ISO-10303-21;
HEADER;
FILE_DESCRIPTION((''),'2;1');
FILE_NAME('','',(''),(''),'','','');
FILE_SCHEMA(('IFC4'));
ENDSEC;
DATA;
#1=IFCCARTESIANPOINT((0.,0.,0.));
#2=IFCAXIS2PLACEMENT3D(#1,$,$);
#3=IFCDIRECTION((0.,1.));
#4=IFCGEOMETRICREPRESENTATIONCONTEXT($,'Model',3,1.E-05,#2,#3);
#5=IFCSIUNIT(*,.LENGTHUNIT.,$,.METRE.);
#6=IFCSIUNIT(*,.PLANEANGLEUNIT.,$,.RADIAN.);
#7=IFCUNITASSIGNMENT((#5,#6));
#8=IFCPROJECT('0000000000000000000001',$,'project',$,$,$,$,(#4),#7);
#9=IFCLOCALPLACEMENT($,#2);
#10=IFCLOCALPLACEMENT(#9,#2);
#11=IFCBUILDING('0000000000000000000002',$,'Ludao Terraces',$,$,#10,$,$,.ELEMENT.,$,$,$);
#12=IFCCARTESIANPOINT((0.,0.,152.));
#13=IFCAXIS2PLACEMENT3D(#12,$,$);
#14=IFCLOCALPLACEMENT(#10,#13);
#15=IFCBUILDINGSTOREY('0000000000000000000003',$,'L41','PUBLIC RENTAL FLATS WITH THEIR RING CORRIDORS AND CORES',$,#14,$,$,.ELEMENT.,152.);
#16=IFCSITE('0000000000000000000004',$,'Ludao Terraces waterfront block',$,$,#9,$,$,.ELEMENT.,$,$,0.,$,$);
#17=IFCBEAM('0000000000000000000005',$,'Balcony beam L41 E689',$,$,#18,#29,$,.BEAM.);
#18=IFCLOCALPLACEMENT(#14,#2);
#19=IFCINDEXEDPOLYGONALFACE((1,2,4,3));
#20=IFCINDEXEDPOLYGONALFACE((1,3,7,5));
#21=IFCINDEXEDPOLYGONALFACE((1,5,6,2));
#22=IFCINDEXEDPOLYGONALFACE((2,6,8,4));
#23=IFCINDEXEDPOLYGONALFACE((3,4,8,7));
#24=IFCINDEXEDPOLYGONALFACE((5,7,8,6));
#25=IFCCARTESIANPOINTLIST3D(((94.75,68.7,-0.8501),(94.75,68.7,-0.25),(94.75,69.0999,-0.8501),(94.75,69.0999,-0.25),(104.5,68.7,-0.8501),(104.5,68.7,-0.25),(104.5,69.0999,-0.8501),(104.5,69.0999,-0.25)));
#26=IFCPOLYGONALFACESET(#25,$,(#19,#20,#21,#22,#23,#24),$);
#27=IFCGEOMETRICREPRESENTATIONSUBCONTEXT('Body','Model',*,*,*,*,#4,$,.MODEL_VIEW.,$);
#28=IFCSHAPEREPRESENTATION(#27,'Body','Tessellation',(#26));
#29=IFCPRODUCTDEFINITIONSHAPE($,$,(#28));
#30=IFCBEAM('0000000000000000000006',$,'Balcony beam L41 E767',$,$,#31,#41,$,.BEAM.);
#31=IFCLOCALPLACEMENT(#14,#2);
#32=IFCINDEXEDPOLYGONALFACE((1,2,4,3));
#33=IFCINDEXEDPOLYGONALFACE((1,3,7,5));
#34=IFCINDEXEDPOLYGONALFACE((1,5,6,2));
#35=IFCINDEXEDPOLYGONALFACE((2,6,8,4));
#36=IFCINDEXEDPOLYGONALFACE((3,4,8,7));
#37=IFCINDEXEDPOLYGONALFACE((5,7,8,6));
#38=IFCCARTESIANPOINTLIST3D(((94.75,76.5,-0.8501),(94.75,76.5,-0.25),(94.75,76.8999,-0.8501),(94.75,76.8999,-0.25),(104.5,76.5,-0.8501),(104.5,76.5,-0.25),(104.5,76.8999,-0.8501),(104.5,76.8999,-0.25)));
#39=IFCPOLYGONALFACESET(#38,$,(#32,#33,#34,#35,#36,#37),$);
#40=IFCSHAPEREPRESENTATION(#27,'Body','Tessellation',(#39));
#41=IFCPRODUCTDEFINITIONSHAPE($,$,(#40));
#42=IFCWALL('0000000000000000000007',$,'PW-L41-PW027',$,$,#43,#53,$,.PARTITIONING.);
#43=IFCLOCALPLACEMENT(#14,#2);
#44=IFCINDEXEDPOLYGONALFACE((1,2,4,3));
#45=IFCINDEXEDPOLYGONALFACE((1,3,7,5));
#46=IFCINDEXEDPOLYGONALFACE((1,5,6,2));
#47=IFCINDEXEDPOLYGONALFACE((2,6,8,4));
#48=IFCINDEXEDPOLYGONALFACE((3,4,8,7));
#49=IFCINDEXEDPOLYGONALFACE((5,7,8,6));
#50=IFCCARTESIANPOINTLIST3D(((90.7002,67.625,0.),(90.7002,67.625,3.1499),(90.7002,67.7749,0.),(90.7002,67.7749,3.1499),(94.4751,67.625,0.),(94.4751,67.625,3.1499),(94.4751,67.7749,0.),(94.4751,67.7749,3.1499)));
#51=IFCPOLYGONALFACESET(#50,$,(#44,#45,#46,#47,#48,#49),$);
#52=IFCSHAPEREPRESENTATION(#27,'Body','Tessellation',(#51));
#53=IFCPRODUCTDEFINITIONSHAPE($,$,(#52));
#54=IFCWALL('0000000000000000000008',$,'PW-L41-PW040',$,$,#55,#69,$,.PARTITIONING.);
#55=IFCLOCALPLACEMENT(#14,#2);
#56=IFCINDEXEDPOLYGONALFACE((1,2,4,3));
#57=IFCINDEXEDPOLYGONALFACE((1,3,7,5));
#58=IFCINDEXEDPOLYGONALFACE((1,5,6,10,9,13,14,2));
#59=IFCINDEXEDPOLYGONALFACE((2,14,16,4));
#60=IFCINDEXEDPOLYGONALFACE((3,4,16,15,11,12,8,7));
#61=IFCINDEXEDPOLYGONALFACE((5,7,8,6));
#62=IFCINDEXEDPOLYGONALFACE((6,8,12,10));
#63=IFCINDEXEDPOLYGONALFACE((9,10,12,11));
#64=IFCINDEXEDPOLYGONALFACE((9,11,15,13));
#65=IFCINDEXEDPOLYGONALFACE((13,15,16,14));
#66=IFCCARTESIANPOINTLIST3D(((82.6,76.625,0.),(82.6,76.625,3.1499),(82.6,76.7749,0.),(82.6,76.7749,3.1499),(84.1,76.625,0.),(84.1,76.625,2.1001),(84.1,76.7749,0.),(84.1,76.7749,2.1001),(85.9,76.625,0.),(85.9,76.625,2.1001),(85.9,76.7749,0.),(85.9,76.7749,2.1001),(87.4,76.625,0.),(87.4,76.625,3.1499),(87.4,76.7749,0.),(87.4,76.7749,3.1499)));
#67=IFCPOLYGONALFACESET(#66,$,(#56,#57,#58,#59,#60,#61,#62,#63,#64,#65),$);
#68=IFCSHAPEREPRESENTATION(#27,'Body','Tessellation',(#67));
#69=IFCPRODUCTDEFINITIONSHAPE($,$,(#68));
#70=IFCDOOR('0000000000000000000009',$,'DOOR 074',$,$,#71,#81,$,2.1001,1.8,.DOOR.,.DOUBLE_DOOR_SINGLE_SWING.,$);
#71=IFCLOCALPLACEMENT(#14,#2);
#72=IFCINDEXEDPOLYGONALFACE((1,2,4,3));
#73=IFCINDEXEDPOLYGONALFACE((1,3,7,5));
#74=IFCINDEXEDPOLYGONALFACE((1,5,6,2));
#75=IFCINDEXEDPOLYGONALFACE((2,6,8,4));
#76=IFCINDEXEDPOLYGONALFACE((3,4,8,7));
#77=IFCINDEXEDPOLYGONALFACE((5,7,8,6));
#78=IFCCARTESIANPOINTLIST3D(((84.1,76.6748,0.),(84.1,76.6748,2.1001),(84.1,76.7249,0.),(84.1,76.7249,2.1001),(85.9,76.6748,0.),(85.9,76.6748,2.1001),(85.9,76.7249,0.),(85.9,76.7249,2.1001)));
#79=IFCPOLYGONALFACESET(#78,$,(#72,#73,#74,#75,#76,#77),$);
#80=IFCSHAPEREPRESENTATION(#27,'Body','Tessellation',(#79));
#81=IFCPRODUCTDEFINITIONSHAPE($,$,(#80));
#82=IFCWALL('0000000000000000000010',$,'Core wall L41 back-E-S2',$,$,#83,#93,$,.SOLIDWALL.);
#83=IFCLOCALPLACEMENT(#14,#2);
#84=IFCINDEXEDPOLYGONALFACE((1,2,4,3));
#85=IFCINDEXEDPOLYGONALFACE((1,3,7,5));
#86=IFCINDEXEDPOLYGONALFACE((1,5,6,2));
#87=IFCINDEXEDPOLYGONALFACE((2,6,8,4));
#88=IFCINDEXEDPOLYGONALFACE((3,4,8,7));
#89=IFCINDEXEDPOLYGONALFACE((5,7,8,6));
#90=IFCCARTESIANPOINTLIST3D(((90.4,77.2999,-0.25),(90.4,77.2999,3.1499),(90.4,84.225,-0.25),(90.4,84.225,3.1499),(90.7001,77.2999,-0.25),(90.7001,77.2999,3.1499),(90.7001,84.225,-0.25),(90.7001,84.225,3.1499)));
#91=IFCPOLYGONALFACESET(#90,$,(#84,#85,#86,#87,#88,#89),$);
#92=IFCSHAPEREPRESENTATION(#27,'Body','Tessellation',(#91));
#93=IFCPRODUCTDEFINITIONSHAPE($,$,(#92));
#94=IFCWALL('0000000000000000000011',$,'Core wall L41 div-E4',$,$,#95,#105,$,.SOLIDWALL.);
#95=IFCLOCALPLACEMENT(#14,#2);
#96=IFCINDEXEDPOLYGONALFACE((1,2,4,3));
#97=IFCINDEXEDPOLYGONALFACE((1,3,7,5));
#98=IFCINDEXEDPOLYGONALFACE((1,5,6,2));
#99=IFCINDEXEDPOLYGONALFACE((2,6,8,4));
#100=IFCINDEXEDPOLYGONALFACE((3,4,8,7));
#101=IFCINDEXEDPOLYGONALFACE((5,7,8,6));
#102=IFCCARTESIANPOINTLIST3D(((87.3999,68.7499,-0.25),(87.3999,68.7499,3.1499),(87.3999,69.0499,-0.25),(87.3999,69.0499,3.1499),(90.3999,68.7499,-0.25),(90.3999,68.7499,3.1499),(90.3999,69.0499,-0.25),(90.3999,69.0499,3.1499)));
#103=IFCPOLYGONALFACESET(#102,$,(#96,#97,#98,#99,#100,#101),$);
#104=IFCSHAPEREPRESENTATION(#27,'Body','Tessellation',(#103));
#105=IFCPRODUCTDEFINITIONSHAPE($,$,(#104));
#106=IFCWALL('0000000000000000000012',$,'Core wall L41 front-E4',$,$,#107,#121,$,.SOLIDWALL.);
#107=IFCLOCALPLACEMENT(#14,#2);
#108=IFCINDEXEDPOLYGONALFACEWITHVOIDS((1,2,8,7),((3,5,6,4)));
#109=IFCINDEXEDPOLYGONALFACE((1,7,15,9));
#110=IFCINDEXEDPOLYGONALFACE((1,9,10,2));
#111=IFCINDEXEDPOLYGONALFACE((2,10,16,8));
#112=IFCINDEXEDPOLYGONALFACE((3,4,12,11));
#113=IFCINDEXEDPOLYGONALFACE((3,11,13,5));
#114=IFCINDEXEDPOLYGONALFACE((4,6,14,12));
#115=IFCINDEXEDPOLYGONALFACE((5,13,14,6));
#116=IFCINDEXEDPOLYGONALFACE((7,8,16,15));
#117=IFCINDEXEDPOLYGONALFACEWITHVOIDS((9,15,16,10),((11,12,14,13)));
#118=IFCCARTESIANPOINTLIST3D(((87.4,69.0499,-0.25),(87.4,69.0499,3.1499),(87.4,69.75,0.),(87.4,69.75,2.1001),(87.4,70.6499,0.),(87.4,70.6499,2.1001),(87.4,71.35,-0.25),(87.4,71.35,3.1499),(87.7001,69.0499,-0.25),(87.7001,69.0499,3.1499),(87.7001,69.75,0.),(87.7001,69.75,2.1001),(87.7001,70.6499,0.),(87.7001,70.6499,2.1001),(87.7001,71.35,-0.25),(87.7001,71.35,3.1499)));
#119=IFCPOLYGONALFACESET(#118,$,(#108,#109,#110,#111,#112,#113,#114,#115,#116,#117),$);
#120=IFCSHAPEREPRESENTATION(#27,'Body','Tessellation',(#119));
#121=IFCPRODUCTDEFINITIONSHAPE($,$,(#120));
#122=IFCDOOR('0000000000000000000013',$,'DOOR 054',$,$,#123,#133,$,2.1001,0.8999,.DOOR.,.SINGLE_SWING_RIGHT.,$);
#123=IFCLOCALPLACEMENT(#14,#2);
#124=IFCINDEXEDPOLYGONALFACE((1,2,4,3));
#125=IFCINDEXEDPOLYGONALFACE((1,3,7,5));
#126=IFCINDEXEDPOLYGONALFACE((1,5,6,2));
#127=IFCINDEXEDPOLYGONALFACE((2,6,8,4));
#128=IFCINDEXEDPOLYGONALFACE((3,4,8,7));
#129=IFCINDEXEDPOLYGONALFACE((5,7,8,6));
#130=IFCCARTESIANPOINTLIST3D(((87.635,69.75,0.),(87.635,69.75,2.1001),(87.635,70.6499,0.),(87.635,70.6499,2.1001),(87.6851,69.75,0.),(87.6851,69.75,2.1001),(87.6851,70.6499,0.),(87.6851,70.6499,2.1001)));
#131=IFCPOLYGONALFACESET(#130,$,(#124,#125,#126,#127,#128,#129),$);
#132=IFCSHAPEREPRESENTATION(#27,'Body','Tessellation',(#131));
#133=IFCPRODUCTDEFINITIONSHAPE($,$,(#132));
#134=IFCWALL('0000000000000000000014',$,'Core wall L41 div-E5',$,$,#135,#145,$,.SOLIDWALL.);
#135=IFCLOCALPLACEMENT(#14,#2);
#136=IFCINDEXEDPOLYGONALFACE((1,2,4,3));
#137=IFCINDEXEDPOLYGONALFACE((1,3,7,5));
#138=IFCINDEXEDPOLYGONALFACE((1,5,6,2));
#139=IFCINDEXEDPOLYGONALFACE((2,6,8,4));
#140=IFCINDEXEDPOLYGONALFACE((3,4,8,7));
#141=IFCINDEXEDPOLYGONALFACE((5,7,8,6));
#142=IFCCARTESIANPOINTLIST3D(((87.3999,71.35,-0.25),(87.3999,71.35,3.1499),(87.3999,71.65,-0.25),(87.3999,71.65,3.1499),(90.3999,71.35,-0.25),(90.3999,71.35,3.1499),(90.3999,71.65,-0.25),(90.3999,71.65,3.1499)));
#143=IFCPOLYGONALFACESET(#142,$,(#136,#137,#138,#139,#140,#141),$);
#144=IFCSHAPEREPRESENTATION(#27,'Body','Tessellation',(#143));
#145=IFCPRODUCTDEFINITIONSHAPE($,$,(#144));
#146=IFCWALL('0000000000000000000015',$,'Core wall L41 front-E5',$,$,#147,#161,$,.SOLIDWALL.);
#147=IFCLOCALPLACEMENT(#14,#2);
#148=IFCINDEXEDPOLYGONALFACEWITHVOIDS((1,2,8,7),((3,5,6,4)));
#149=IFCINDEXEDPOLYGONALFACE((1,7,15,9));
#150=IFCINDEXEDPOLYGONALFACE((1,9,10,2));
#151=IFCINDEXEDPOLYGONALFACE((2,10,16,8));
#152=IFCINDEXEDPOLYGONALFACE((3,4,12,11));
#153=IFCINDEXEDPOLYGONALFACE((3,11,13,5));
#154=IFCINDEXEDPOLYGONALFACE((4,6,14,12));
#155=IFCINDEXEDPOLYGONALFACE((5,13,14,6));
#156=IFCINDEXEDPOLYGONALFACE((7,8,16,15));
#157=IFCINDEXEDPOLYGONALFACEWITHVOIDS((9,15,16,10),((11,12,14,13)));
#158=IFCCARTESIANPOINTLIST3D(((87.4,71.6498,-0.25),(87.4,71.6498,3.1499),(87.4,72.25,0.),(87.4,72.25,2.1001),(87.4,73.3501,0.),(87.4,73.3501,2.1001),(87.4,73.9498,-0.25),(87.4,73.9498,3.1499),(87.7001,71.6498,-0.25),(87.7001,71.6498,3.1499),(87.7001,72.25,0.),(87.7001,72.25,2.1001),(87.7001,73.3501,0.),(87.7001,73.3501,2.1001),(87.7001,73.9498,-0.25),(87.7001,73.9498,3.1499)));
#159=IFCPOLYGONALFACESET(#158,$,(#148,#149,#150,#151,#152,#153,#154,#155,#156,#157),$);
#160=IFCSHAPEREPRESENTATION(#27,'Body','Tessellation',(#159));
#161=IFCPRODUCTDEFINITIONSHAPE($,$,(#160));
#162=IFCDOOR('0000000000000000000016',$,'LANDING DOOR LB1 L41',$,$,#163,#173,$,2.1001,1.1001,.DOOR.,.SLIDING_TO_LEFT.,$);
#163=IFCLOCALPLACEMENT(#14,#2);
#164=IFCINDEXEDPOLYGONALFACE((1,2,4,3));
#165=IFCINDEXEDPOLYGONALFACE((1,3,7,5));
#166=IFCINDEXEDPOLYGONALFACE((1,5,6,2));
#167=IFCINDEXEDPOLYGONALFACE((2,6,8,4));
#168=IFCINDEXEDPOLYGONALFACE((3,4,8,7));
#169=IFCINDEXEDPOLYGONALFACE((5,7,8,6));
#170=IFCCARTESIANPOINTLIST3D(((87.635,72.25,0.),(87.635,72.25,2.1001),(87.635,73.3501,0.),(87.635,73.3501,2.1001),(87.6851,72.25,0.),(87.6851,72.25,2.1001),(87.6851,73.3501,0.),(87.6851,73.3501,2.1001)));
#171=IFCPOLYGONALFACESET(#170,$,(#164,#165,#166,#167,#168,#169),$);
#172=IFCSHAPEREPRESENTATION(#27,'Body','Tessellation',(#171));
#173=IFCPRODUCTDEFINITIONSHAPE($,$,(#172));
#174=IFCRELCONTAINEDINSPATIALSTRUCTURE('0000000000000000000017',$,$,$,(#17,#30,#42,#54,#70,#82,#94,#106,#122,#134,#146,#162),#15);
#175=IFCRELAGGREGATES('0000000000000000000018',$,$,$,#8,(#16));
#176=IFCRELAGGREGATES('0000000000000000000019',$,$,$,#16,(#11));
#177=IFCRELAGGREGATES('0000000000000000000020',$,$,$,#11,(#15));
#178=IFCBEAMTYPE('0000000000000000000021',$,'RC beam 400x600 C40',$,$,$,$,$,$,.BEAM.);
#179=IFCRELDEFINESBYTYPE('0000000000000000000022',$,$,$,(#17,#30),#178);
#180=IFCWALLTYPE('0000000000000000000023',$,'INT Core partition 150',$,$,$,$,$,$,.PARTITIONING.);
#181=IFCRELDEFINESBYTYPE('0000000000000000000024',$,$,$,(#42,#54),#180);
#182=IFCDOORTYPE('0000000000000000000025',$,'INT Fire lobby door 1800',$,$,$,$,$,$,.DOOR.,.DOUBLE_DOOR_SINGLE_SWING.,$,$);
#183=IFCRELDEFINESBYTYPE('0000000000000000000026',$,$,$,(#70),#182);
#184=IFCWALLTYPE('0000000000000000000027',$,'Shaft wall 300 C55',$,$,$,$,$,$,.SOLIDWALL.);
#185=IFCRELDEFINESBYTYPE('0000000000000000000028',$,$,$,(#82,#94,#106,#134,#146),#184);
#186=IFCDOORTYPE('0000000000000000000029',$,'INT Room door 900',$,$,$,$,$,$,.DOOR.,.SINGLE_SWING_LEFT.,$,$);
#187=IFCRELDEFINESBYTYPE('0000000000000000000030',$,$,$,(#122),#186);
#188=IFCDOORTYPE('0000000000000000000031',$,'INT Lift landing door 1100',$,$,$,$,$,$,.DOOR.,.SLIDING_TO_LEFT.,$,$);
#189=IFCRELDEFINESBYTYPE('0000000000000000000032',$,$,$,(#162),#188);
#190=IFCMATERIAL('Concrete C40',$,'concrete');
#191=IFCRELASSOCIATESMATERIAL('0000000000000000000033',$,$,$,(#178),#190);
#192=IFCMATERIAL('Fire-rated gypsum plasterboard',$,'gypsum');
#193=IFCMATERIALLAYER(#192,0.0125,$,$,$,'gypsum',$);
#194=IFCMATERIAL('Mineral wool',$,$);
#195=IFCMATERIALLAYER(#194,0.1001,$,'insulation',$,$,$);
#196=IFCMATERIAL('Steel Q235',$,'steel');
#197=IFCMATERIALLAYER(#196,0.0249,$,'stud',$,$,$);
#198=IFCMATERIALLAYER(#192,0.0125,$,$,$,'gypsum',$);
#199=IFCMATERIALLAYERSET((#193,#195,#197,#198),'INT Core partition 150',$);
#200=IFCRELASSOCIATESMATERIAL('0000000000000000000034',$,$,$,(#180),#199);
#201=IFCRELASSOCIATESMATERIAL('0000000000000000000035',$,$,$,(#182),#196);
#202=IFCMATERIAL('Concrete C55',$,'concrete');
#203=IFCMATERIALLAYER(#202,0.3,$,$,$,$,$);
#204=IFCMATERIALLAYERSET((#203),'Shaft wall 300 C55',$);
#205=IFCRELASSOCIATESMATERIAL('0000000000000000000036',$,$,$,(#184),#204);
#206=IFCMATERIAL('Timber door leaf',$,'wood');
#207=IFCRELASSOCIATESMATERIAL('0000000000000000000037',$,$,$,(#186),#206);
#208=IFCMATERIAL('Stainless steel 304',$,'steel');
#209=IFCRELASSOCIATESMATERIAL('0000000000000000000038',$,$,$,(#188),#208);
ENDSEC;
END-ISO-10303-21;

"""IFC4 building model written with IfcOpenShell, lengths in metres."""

from ifc_helpers import new_model, si_unit, direction, frame, frame_2d, origin, origin_2d, place, context, subcontext, project, spatial, rectangle, extrude, material, layer, layer_set, material_profile, profile_set, type_object, element, fill, save


model = new_model("IFC4")

# Units and contexts
model_context = context("Model", 3, precision=1e-05, world=origin(), true_north=direction((0.0, 1.0)))
body_context = subcontext(model_context, "Body", "Model", "MODEL_VIEW")
ifc_project = project(units=[si_unit("LENGTHUNIT", "METRE"), si_unit("PLANEANGLEUNIT", "RADIAN")], contexts=[model_context])

# Site, building, storey
site_placement = place(None, origin())
site = spatial("IfcSite", under=ifc_project, at=site_placement, Name="Ludao Terraces waterfront block", CompositionType="ELEMENT", RefElevation=0.0)
building_placement = place(site_placement, origin())
building = spatial("IfcBuilding", under=site, at=building_placement, Name="Ludao Terraces", CompositionType="ELEMENT")
storey_placement = place(building_placement, frame((0.0, 0.0, 152.0)))
storey = spatial("IfcBuildingStorey", under=building, at=storey_placement, Name="L41", Description="PUBLIC RENTAL FLATS WITH THEIR RING CORRIDORS AND CORES", CompositionType="ELEMENT", Elevation=152.0)

# Beams
ifc_material_1 = material(Name="Concrete C40", Category="concrete")
ifc_material_profile = material_profile(ifc_material_1, rectangle(XDim=0.3999, YDim=0.6001, at=origin_2d()), Name="400 X 600")
ifc_profile_set = profile_set([ifc_material_profile], Name="Concrete C40")
beam_type = type_object("IfcBeamType", Name="RC beam 400x600 C40", PredefinedType="BEAM", material=ifc_profile_set)
for number, where, z_axis, x_axis, name in (
    (1, (94.75, 68.8999, -0.55), (1.0, 0.0, 0.0), (0.0, 1.0, 0.0), "Balcony beam L41 E689"),
    (2, (94.75, 76.7, -0.55), (1.0, 0.0, 0.0), (0.0, 1.0, 0.0), "Balcony beam L41 E767"),
):
    element("IfcBeam", number, at=place(storey_placement, frame(where, z_axis=z_axis, x_axis=x_axis)), inside=storey, type_object=beam_type, Name=name, PredefinedType="BEAM", context=body_context, shape_type="SweptSolid", body=[
        extrude(rectangle(XDim=0.3999, YDim=0.6001, at=origin_2d()), origin(), (0.0, 0.0, 1.0), 9.75),
    ])

# Wall
ifc_material_2 = material(Name="Fire-rated gypsum plasterboard", Category="gypsum")
ifc_layer_1 = layer(ifc_material_2, 0.0125, Category="gypsum")
ifc_material_3 = material(Name="Mineral wool")
ifc_layer_2 = layer(ifc_material_3, 0.1001, Name="insulation")
ifc_material_4 = material(Name="Steel Q235", Category="steel")
ifc_layer_3 = layer(ifc_material_4, 0.0249, Name="stud")
ifc_layer_4 = layer(ifc_material_2, 0.0125, Category="gypsum")
ifc_layer_set_1 = layer_set([ifc_layer_1, ifc_layer_2, ifc_layer_3, ifc_layer_4], Name="INT Core partition 150")
wall_type_1 = type_object("IfcWallType", Name="INT Core partition 150", PredefinedType="PARTITIONING", material=ifc_layer_set_1)
wall_1_placement = place(storey_placement, frame((90.7002, 67.7, 0.0), z_axis=(0.0, 0.0, 1.0), x_axis=(1.0, 0.0, 0.0)))
element("IfcWall", 3, at=wall_1_placement, inside=storey, type_object=wall_type_1, Name="PW-L41-PW027", PredefinedType="PARTITIONING", context=body_context, shape_type="SweptSolid", body=[
    extrude(rectangle(XDim=3.7749, YDim=0.1499, at=frame_2d((1.8875, 0.0))), origin(), (0.0, 0.0, 1.0), 3.1499),
])

# Wall, opening, door
wall_2_placement = place(storey_placement, frame((82.6001, 76.7, 0.0), z_axis=(0.0, 0.0, 1.0), x_axis=(1.0, 0.0, 0.0)))
wall_2 = element("IfcWall", 4, at=wall_2_placement, inside=storey, type_object=wall_type_1, Name="PW-L41-PW040", PredefinedType="PARTITIONING", context=body_context, shape_type="SweptSolid", body=[
    extrude(rectangle(XDim=4.8, YDim=0.1499, at=frame_2d((2.3999, 0.0))), origin(), (0.0, 0.0, 1.0), 3.1499),
])
opening_1_placement = place(wall_2_placement, frame((1.5, 0.0, 0.0)))
opening_1 = element("IfcOpeningElement", 5, at=opening_1_placement, cuts=wall_2, PredefinedType="OPENING", context=body_context, shape_type="SweptSolid", body=[
    extrude(rectangle(XDim=1.8, YDim=2.1001, at=frame_2d((0.8999, 1.05))), frame((0.0, 0.085, 0.0), z_axis=(0.0, -1.0, 0.0), x_axis=(1.0, 0.0, 0.0)), (0.0, 0.0, 1.0), 0.1699),
])
door_type_1 = type_object("IfcDoorType", Name="INT Fire lobby door 1800", OperationType="DOUBLE_DOOR_SINGLE_SWING", PredefinedType="DOOR", material=ifc_material_4)
door_1_placement = place(opening_1_placement, origin())
door_1 = element("IfcDoor", 6, at=door_1_placement, inside=storey, type_object=door_type_1, Name="DOOR 074", OperationType="DOUBLE_DOOR_SINGLE_SWING", OverallHeight=2.1001, OverallWidth=1.8, PredefinedType="DOOR", context=body_context, shape_type="SweptSolid", body=[
    extrude(rectangle(XDim=1.8, YDim=2.1001, at=frame_2d((0.8999, 1.05))), frame((0.0, 0.0249, 0.0), z_axis=(0.0, -1.0, 0.0), x_axis=(1.0, 0.0, 0.0)), (0.0, 0.0, 1.0), 0.05),
])
fill(opening_1, door_1)

# Walls
ifc_material_5 = material(Name="Concrete C55", Category="concrete")
ifc_layer_5 = layer(ifc_material_5, 0.3)
ifc_layer_set_2 = layer_set([ifc_layer_5], Name="Shaft wall 300 C55")
wall_type_2 = type_object("IfcWallType", Name="Shaft wall 300 C55", PredefinedType="SOLIDWALL", material=ifc_layer_set_2)
wall_3_placement = place(storey_placement, frame((90.55, 77.3, -0.25), z_axis=(0.0, 0.0, 1.0), x_axis=(0.0, 1.0, 0.0)))
element("IfcWall", 7, at=wall_3_placement, inside=storey, type_object=wall_type_2, Name="Core wall L41 back-E-S2", PredefinedType="SOLIDWALL", context=body_context, shape_type="SweptSolid", body=[
    extrude(rectangle(XDim=6.925, YDim=0.3, at=frame_2d((3.4624, 0.0))), origin(), (0.0, 0.0, 1.0), 3.3999),
])
wall_4_placement = place(storey_placement, frame((87.3999, 68.8999, -0.25), z_axis=(0.0, 0.0, 1.0), x_axis=(1.0, 0.0, 0.0)))
element("IfcWall", 8, at=wall_4_placement, inside=storey, type_object=wall_type_2, Name="Core wall L41 div-E4", PredefinedType="SOLIDWALL", context=body_context, shape_type="SweptSolid", body=[
    extrude(rectangle(XDim=3.0, YDim=0.3, at=frame_2d((1.5, 0.0))), origin(), (0.0, 0.0, 1.0), 3.3999),
])

# Wall, opening, door
wall_5_placement = place(storey_placement, frame((87.55, 69.05, -0.25), z_axis=(0.0, 0.0, 1.0), x_axis=(0.0, 1.0, 0.0)))
wall_5 = element("IfcWall", 9, at=wall_5_placement, inside=storey, type_object=wall_type_2, Name="Core wall L41 front-E4", PredefinedType="SOLIDWALL", context=body_context, shape_type="SweptSolid", body=[
    extrude(rectangle(XDim=2.3, YDim=0.3, at=frame_2d((1.1499, 0.0))), origin(), (0.0, 0.0, 1.0), 3.3999),
])
opening_2_placement = place(wall_5_placement, frame((0.7, 0.0, 0.25)))
opening_2 = element("IfcOpeningElement", 10, at=opening_2_placement, cuts=wall_5, PredefinedType="OPENING", context=body_context, shape_type="SweptSolid", body=[
    extrude(rectangle(XDim=0.8999, YDim=2.1001, at=frame_2d((0.45, 1.05))), frame((0.0, 0.1602, 0.0), z_axis=(0.0, -1.0, 0.0), x_axis=(1.0, 0.0, 0.0)), (0.0, 0.0, 1.0), 0.3201),
])
ifc_material_6 = material(Name="Timber door leaf", Category="wood")
door_type_2 = type_object("IfcDoorType", Name="INT Room door 900", OperationType="SINGLE_SWING_LEFT", PredefinedType="DOOR", material=ifc_material_6)
door_2_placement = place(opening_2_placement, origin())
door_2 = element("IfcDoor", 11, at=door_2_placement, inside=storey, type_object=door_type_2, Name="DOOR 054", OperationType="SINGLE_SWING_RIGHT", OverallHeight=2.1001, OverallWidth=0.8999, PredefinedType="DOOR", context=body_context, shape_type="SweptSolid", body=[
    extrude(rectangle(XDim=0.8999, YDim=2.1001, at=frame_2d((0.45, 1.05))), frame((0.0, -0.085, 0.0), z_axis=(0.0, -1.0, 0.0), x_axis=(1.0, 0.0, 0.0)), (0.0, 0.0, 1.0), 0.05),
])
fill(opening_2, door_2)

# Wall
wall_6_placement = place(storey_placement, frame((87.3999, 71.5, -0.25), z_axis=(0.0, 0.0, 1.0), x_axis=(1.0, 0.0, 0.0)))
element("IfcWall", 12, at=wall_6_placement, inside=storey, type_object=wall_type_2, Name="Core wall L41 div-E5", PredefinedType="SOLIDWALL", context=body_context, shape_type="SweptSolid", body=[
    extrude(rectangle(XDim=3.0, YDim=0.3, at=frame_2d((1.5, 0.0))), origin(), (0.0, 0.0, 1.0), 3.3999),
])

# Wall, opening, door
wall_7_placement = place(storey_placement, frame((87.55, 71.6499, -0.25), z_axis=(0.0, 0.0, 1.0), x_axis=(0.0, 1.0, 0.0)))
wall_7 = element("IfcWall", 13, at=wall_7_placement, inside=storey, type_object=wall_type_2, Name="Core wall L41 front-E5", PredefinedType="SOLIDWALL", context=body_context, shape_type="SweptSolid", body=[
    extrude(rectangle(XDim=2.3, YDim=0.3, at=frame_2d((1.1499, 0.0))), origin(), (0.0, 0.0, 1.0), 3.3999),
])
opening_3_placement = place(wall_7_placement, frame((0.6001, 0.0, 0.25)))
opening_3 = element("IfcOpeningElement", 14, at=opening_3_placement, cuts=wall_7, PredefinedType="OPENING", context=body_context, shape_type="SweptSolid", body=[
    extrude(rectangle(XDim=1.1001, YDim=2.1001, at=frame_2d((0.55, 1.05))), frame((0.0, 0.1602, 0.0), z_axis=(0.0, -1.0, 0.0), x_axis=(1.0, 0.0, 0.0)), (0.0, 0.0, 1.0), 0.3201),
])
ifc_material_7 = material(Name="Stainless steel 304", Category="steel")
door_type_3 = type_object("IfcDoorType", Name="INT Lift landing door 1100", OperationType="SLIDING_TO_LEFT", PredefinedType="DOOR", material=ifc_material_7)
door_3_placement = place(opening_3_placement, origin())
door_3 = element("IfcDoor", 15, at=door_3_placement, inside=storey, type_object=door_type_3, Name="LANDING DOOR LB1 L41", OperationType="SLIDING_TO_LEFT", OverallHeight=2.1001, OverallWidth=1.1001, PredefinedType="DOOR", context=body_context, shape_type="SweptSolid", body=[
    extrude(rectangle(XDim=1.1001, YDim=2.1001, at=frame_2d((0.55, 1.05))), frame((0.0, -0.085, 0.0), z_axis=(0.0, -1.0, 0.0), x_axis=(1.0, 0.0, 0.0)), (0.0, 0.0, 1.0), 0.05),
])
fill(opening_3, door_3)

save(model, "model.ifc")
